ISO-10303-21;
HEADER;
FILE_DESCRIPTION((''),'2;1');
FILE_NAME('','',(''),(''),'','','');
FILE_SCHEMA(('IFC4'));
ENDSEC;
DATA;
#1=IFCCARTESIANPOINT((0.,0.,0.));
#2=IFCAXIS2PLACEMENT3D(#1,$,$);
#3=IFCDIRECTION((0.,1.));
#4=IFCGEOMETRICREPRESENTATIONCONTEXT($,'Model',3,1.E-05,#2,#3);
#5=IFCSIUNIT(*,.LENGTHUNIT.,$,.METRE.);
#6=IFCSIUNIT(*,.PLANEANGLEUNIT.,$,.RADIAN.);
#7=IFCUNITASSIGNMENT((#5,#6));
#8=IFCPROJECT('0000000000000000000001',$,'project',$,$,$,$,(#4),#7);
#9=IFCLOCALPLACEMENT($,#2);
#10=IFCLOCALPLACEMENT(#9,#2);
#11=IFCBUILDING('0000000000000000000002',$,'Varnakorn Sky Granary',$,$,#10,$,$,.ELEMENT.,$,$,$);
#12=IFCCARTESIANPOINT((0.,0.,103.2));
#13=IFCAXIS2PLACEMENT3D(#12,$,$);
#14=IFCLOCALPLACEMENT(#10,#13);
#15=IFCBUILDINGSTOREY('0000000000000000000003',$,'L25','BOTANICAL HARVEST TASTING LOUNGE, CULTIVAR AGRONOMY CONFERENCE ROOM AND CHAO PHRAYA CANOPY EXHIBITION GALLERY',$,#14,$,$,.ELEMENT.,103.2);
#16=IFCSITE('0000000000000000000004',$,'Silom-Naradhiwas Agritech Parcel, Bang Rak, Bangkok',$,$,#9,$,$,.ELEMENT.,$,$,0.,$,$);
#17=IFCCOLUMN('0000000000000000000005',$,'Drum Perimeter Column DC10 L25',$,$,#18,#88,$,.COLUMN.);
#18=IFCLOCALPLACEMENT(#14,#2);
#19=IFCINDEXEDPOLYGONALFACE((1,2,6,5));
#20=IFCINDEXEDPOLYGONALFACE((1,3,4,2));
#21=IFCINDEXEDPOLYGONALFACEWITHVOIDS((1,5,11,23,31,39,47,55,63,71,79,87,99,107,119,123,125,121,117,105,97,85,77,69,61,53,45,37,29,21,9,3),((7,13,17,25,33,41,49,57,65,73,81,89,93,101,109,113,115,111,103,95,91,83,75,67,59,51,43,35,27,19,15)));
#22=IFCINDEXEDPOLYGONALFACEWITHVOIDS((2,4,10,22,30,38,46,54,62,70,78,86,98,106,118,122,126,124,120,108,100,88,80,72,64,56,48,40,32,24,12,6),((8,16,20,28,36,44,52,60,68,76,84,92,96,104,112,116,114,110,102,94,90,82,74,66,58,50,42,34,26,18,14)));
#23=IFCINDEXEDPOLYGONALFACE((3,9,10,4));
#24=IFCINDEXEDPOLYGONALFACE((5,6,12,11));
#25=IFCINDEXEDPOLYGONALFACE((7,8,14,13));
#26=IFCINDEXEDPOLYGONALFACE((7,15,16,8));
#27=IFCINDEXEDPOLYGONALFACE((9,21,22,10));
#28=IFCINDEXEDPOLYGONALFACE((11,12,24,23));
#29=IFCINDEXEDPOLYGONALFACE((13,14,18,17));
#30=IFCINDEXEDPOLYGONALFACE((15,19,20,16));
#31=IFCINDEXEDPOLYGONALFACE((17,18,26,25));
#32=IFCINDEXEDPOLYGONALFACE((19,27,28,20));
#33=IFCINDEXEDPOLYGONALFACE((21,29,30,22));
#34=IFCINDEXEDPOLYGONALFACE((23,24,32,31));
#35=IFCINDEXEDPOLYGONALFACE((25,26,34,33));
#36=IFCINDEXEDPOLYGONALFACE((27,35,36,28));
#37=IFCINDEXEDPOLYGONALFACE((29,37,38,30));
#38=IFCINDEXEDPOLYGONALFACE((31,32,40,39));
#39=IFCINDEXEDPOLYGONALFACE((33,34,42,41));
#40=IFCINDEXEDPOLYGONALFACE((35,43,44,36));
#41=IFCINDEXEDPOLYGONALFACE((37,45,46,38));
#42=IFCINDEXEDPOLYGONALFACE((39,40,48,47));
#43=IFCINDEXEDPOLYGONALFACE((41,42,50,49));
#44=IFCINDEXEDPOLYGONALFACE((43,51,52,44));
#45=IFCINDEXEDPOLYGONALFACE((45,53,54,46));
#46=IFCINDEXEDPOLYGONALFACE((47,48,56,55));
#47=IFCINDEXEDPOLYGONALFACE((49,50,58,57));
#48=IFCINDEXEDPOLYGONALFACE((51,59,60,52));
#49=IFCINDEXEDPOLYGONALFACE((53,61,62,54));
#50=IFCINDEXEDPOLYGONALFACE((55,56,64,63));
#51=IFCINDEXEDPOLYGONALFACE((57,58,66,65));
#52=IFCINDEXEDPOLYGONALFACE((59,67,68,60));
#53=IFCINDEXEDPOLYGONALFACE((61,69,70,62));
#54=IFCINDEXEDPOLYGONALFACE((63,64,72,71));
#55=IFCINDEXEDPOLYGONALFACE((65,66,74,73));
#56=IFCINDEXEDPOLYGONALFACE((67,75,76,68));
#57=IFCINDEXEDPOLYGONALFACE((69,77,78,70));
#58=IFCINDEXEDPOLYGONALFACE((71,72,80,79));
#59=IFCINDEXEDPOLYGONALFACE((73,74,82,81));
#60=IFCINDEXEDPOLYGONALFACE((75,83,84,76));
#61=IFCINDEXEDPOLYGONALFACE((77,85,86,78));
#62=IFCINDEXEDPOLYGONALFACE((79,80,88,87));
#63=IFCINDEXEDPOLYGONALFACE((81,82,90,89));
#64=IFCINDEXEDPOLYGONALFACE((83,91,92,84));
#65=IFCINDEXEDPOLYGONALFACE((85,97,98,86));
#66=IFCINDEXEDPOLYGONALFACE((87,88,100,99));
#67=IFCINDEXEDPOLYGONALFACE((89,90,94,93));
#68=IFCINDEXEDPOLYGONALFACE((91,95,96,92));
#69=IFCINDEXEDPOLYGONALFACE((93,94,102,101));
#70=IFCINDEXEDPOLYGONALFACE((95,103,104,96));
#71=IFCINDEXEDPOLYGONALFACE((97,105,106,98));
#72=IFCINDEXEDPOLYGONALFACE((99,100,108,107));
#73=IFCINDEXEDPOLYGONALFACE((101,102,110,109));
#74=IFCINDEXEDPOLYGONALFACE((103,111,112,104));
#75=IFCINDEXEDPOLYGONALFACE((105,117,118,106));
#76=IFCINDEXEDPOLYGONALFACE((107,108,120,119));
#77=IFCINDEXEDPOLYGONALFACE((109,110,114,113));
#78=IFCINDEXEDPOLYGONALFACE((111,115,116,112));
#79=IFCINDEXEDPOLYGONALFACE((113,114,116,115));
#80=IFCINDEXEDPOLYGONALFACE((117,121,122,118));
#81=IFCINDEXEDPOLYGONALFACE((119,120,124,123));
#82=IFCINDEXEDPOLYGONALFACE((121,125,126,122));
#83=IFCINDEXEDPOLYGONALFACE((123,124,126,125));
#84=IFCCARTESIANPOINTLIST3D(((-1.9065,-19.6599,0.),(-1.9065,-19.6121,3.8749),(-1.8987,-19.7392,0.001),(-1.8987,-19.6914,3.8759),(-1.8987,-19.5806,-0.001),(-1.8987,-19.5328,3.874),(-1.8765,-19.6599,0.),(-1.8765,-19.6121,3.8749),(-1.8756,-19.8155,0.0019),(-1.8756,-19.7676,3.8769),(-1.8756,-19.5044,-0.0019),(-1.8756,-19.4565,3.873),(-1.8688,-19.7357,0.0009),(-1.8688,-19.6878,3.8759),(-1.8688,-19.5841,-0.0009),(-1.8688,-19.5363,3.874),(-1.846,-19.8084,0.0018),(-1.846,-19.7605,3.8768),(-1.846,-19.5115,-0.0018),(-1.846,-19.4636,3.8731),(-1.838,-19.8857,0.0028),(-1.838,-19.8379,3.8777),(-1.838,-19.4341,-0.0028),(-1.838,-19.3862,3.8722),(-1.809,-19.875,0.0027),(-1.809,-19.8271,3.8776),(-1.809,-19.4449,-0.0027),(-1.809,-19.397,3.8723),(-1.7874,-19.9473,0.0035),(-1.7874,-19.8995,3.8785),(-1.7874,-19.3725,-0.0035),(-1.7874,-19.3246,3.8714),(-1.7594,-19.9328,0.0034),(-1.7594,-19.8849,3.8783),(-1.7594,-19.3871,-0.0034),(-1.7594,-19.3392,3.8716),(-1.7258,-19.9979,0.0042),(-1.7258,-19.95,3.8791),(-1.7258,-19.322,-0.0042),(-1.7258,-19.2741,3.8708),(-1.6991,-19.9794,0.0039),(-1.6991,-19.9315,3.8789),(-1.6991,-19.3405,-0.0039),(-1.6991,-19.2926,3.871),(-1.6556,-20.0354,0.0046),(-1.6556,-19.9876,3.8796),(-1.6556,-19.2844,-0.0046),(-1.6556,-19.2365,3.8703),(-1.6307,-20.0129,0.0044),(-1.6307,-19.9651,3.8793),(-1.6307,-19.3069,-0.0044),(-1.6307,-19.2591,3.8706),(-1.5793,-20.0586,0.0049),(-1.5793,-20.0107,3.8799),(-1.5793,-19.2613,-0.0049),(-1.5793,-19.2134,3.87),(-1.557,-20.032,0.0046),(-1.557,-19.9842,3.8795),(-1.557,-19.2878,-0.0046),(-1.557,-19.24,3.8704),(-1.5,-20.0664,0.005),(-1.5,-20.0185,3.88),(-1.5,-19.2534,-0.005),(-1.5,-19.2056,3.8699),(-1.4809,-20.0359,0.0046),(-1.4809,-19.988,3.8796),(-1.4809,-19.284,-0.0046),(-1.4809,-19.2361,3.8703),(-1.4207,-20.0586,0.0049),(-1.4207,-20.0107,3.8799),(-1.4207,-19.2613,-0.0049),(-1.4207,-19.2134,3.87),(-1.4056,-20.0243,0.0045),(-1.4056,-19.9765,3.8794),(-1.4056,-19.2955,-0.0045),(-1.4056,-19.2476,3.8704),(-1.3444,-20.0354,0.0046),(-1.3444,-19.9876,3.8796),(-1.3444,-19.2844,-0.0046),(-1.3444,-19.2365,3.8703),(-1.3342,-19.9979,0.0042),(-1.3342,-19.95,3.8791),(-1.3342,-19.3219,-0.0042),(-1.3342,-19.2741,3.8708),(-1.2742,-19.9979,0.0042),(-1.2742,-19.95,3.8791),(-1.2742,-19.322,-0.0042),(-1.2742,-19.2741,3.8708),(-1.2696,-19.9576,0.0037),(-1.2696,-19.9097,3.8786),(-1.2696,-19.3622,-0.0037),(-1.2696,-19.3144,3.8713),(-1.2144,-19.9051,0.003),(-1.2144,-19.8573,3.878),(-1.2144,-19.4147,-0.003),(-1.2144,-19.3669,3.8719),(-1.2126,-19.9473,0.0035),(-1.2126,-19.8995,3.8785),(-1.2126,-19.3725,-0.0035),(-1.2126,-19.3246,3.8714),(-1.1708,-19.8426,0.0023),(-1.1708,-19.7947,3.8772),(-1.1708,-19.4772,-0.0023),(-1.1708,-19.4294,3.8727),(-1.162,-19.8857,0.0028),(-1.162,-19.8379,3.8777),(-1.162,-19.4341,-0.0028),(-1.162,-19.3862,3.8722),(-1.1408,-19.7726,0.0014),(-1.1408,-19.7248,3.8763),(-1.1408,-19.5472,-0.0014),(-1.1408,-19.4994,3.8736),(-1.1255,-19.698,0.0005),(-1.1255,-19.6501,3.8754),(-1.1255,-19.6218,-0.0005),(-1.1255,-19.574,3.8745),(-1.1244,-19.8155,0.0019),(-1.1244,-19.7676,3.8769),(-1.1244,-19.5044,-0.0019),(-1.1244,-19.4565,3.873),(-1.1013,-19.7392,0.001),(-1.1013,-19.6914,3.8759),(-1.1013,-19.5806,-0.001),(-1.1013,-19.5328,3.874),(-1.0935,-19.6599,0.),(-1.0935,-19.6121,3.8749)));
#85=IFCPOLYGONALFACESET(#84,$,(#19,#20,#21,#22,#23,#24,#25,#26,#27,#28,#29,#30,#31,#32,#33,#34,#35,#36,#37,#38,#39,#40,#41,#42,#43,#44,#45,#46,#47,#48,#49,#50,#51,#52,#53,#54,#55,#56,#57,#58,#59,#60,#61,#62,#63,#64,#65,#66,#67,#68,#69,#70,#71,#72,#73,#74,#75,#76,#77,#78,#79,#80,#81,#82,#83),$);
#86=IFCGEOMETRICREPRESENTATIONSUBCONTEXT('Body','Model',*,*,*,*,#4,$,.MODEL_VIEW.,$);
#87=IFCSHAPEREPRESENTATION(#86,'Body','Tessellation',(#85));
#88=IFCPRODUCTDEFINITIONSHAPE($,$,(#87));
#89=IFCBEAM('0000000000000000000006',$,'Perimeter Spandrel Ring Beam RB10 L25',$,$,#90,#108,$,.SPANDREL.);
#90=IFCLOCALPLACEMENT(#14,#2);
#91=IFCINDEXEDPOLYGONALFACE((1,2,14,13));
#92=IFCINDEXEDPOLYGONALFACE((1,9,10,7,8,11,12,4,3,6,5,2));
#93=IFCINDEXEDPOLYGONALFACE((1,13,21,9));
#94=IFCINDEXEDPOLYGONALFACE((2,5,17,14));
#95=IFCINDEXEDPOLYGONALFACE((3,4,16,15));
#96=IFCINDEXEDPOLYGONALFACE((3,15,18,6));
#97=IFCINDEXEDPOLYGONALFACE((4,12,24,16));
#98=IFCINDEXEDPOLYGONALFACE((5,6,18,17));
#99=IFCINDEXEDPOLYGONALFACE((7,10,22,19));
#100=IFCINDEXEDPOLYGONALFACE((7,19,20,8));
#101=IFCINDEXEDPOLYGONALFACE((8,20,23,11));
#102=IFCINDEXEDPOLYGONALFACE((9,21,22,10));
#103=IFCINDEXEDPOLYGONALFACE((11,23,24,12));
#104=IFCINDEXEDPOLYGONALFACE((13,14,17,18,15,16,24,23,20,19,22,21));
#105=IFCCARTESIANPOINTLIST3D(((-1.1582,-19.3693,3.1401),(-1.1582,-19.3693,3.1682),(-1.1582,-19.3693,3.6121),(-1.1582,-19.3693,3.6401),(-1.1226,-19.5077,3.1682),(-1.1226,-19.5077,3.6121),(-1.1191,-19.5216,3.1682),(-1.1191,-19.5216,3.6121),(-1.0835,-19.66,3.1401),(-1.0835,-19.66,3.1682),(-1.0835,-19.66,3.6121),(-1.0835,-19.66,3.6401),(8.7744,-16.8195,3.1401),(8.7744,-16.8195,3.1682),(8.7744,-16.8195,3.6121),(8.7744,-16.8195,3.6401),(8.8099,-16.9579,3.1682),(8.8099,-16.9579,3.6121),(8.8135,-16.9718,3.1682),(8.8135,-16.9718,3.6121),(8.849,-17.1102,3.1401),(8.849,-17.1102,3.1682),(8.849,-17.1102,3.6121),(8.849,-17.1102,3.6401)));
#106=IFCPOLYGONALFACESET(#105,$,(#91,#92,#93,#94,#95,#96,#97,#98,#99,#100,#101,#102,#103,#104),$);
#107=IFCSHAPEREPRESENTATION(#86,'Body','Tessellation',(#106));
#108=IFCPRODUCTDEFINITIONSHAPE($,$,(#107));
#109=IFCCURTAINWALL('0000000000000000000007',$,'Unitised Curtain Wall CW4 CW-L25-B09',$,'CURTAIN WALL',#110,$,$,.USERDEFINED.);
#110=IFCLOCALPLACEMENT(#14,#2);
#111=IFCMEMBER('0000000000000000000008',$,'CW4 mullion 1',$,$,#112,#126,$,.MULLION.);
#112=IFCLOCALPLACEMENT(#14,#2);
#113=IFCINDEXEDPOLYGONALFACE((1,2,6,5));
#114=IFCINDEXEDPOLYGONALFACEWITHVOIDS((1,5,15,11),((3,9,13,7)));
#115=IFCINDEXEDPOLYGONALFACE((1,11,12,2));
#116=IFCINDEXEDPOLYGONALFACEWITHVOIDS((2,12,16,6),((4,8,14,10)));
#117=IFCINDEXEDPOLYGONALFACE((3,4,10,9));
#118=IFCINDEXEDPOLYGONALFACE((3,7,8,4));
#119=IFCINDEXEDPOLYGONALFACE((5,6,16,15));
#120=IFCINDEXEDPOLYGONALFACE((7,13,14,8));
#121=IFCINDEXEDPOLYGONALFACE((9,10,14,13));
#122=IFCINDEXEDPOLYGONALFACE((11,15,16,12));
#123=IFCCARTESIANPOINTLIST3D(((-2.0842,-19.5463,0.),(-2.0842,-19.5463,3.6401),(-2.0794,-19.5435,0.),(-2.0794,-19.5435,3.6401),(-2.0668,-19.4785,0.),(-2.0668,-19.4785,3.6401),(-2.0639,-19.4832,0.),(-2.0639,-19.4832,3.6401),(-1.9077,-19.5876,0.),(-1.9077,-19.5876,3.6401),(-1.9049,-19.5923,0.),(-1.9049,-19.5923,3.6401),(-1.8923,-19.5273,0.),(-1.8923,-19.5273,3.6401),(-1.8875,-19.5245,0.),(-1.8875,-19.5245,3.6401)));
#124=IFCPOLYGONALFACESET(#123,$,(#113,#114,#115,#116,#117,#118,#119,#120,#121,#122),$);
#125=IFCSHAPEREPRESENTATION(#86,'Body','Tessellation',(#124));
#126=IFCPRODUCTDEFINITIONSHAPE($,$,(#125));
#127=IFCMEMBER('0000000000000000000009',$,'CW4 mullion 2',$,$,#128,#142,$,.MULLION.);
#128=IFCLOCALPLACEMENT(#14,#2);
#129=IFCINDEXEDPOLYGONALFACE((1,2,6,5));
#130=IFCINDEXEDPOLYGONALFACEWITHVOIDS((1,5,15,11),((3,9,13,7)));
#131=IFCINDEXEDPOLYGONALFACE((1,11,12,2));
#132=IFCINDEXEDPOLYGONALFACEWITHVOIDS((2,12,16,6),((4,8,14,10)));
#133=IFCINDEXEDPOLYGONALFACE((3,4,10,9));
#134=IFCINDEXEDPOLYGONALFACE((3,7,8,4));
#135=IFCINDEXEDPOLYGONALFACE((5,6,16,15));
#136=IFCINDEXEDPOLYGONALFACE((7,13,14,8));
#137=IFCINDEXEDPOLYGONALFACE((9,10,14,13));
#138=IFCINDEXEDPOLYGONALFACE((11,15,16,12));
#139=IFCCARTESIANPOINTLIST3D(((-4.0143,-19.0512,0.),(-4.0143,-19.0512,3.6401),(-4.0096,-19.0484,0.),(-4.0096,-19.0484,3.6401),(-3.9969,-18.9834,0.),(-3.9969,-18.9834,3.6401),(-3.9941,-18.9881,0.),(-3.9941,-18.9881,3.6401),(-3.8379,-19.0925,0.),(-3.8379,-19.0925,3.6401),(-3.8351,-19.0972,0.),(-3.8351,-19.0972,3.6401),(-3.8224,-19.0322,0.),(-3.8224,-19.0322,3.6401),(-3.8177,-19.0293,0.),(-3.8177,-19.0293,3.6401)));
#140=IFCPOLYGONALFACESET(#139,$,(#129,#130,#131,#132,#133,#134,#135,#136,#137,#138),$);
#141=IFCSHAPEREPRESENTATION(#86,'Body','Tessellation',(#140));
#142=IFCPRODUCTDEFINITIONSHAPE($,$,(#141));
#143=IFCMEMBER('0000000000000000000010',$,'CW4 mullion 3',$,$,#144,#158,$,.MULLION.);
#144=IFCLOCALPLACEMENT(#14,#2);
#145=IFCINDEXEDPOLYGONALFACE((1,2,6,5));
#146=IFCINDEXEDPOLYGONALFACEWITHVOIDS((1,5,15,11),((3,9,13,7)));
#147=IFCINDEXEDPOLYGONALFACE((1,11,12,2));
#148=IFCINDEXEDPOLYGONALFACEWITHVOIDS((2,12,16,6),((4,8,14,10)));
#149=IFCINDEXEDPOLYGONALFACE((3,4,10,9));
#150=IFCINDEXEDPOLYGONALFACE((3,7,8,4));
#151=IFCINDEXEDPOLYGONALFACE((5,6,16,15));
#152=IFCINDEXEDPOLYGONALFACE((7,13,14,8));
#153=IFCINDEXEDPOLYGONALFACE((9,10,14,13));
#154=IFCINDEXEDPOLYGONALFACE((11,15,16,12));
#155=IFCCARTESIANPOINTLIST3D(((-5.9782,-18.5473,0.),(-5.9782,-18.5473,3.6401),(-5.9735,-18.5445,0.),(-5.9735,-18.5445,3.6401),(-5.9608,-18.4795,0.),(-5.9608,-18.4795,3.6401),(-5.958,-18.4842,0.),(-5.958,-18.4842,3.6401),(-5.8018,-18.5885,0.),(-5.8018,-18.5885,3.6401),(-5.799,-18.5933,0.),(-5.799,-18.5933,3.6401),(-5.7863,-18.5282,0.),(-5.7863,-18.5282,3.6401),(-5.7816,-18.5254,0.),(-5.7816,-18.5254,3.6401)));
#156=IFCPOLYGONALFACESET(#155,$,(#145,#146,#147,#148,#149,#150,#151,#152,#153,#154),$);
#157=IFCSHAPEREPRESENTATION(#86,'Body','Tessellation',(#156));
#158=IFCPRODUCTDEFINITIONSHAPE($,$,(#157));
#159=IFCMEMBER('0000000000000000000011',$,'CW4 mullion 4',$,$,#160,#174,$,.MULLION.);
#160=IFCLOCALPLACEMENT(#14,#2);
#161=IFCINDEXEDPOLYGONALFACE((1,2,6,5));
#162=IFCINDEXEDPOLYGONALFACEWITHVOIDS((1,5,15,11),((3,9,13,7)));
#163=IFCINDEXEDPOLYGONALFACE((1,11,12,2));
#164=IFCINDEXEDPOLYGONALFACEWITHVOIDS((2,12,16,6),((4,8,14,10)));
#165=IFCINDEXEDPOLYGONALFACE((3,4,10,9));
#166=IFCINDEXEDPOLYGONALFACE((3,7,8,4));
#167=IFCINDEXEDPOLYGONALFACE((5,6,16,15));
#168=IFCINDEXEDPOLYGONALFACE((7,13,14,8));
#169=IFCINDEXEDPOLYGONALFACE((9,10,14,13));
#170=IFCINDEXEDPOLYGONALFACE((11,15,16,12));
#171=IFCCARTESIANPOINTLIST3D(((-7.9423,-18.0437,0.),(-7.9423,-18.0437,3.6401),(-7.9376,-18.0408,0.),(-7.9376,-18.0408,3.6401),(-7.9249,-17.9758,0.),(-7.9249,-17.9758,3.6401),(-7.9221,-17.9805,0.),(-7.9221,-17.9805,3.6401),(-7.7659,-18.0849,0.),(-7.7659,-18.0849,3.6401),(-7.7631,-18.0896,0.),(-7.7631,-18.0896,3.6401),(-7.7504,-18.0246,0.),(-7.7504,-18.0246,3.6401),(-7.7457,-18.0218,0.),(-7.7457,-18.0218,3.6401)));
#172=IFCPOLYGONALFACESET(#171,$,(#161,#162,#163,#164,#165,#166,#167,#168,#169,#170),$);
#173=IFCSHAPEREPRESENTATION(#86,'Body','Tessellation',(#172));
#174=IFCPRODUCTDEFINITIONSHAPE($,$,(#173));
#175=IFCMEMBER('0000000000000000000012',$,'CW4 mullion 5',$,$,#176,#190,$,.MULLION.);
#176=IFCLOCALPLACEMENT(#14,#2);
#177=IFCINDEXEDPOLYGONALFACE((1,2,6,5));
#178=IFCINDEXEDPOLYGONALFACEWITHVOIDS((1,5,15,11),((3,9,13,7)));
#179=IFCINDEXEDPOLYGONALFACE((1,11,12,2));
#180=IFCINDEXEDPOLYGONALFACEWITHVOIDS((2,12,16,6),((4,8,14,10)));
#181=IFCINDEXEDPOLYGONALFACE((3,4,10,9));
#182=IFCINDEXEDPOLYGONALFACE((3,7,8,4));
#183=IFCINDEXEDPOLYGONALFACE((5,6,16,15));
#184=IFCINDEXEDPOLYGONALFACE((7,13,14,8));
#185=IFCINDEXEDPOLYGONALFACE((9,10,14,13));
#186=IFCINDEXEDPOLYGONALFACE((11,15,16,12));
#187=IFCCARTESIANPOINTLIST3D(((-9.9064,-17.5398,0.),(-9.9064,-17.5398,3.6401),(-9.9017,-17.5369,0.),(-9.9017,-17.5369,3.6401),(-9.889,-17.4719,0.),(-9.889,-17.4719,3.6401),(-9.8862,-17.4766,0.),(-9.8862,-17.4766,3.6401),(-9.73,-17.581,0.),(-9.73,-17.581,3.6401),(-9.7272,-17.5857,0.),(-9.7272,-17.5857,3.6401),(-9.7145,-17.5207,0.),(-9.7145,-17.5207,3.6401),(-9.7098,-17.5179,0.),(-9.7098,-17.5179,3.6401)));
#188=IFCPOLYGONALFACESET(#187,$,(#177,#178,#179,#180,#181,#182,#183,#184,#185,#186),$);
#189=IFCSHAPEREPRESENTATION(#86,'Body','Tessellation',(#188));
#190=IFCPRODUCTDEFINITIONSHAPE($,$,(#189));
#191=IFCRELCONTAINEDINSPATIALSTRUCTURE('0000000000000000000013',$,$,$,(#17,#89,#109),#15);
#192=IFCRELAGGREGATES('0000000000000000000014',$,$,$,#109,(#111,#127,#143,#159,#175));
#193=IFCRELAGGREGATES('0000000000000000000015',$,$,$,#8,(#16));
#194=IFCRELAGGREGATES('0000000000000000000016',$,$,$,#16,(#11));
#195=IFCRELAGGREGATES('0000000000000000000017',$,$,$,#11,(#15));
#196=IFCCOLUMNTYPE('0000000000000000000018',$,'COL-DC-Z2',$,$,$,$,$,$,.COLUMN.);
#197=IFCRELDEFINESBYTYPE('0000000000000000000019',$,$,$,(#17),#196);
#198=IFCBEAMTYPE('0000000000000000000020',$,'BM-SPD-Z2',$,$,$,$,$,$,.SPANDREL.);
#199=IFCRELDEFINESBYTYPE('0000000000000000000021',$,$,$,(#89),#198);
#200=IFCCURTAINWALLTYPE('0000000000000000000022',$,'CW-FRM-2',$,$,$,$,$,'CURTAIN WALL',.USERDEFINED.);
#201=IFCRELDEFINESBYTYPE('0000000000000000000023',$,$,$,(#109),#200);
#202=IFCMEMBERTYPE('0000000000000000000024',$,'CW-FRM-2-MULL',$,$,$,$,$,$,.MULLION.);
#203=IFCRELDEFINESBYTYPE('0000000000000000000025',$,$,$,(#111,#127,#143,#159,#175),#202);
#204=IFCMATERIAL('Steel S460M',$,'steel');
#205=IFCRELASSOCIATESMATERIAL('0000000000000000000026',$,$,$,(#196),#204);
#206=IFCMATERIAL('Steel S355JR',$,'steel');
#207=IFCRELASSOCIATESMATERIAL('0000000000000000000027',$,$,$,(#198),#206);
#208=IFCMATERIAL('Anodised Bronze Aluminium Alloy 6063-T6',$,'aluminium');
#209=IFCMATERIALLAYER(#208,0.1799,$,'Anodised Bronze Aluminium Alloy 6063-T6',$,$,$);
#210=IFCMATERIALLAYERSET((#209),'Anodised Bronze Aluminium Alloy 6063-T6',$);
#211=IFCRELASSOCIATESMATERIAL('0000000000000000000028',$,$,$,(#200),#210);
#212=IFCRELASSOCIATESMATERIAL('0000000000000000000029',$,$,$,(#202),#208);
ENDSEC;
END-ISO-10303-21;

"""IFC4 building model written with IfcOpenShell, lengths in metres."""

from ifc_helpers import new_model, si_unit, direction, frame, origin, origin_2d, place, context, subcontext, project, spatial, hollow_rectangle, hollow_circle, i_section, extrude, material, layer, layer_set, material_profile, profile_set, type_object, element, aggregate, save


model = new_model("IFC4")

# Units and contexts
model_context = context("Model", 3, precision=1e-05, world=origin(), true_north=direction((0.0, 1.0)))
body_context = subcontext(model_context, "Body", "Model", "MODEL_VIEW")
ifc_project = project(units=[si_unit("LENGTHUNIT", "METRE"), si_unit("PLANEANGLEUNIT", "RADIAN")], contexts=[model_context])

# Site, building, storey
site_placement = place(None, origin())
site = spatial("IfcSite", under=ifc_project, at=site_placement, Name="Silom-Naradhiwas Agritech Parcel, Bang Rak, Bangkok", CompositionType="ELEMENT", RefElevation=0.0)
building_placement = place(site_placement, origin())
building = spatial("IfcBuilding", under=site, at=building_placement, Name="Varnakorn Sky Granary", CompositionType="ELEMENT")
storey_placement = place(building_placement, frame((0.0, 0.0, 103.2)))
storey = spatial("IfcBuildingStorey", under=building, at=storey_placement, Name="L25", Description="BOTANICAL HARVEST TASTING LOUNGE, CULTIVAR AGRONOMY CONFERENCE ROOM AND CHAO PHRAYA CANOPY EXHIBITION GALLERY", CompositionType="ELEMENT", Elevation=103.2)

# Column
ifc_material_1 = material(Name="Steel S460M", Category="steel")
ifc_material_profile_1 = material_profile(ifc_material_1, hollow_circle(Radius=0.4065, WallThickness=0.03, at=origin_2d()), Name="CHS 813x30")
ifc_profile_set_1 = profile_set([ifc_material_profile_1], Name="Steel S460M")
column_type = type_object("IfcColumnType", Name="COL-DC-Z2", PredefinedType="COLUMN", material=ifc_profile_set_1)
column_placement = place(storey_placement, frame((-1.5, -19.6599, 0.0), z_axis=(0.0, 0.012348, 0.999924), x_axis=(-1.0, 0.0, 0.0)))
element("IfcColumn", 1, at=column_placement, inside=storey, type_object=column_type, Name="Drum Perimeter Column DC10 L25", PredefinedType="COLUMN", context=body_context, shape_type="SweptSolid", body=[
    extrude(hollow_circle(Radius=0.4065, WallThickness=0.03, at=origin_2d()), origin(), (0.0, 0.0, 1.0), 3.8752),
])

# Beam
ifc_material_2 = material(Name="Steel S355JR", Category="steel")
ifc_material_profile_2 = material_profile(ifc_material_2, i_section(OverallWidth=0.3, OverallDepth=0.5, WebThickness=0.0144, FlangeThickness=0.0281, at=origin_2d()), Name="HE 500 B")
ifc_profile_set_2 = profile_set([ifc_material_profile_2], Name="Steel S355JR")
beam_type = type_object("IfcBeamType", Name="BM-SPD-Z2", PredefinedType="SPANDREL", material=ifc_profile_set_2)
beam_placement = place(storey_placement, frame((-1.1208, -19.5146, 3.3901), z_axis=(0.968594, 0.248648, 0.0), x_axis=(-0.248648, 0.968594, 0.0)))
element("IfcBeam", 2, at=beam_placement, inside=storey, type_object=beam_type, Name="Perimeter Spandrel Ring Beam RB10 L25", PredefinedType="SPANDREL", context=body_context, shape_type="SweptSolid", body=[
    extrude(i_section(OverallWidth=0.3, OverallDepth=0.5, WebThickness=0.0144, FlangeThickness=0.0281, at=origin_2d()), origin(), (0.0, 0.0, 1.0), 10.2546),
])

# Curtain wall, members
ifc_material_3 = material(Name="Anodised Bronze Aluminium Alloy 6063-T6", Category="aluminium")
ifc_layer_1 = layer(ifc_material_3, 0.1799, Name="Anodised Bronze Aluminium Alloy 6063-T6")
ifc_layer_set_1 = layer_set([ifc_layer_1], Name="Anodised Bronze Aluminium Alloy 6063-T6")
curtain_wall_type = type_object("IfcCurtainWallType", Name="CW-FRM-2", ElementType="CURTAIN WALL", PredefinedType="USERDEFINED", material=ifc_layer_set_1)
curtain_wall_1_placement = place(storey_placement, origin())
curtain_wall_1 = element("IfcCurtainWall", 3, at=curtain_wall_1_placement, inside=storey, type_object=curtain_wall_type, Name="Unitised Curtain Wall CW4 CW-L25-B09", ObjectType="CURTAIN WALL", PredefinedType="USERDEFINED")
ifc_material_profile_3 = material_profile(ifc_material_3, hollow_rectangle(XDim=0.0701, YDim=0.1851, WallThickness=0.0039, at=origin_2d()), Name="ALU MULL 70x185")
ifc_profile_set_3 = profile_set([ifc_material_profile_3], Name="Anodised Bronze Aluminium Alloy 6063-T6")
member_type_1 = type_object("IfcMemberType", Name="CW-FRM-2-MULL", PredefinedType="MULLION", material=ifc_profile_set_3)
member_1_placement = place(storey_placement, frame((-1.9858, -19.5354, 0.0), z_axis=(0.0, 0.0, 1.0), x_axis=(-0.248477, -0.968638, 0.0)))
member_1 = element("IfcMember", 4, at=member_1_placement, type_object=member_type_1, Name="CW4 mullion 1", PredefinedType="MULLION", context=body_context, shape_type="SweptSolid", body=[
    extrude(hollow_rectangle(XDim=0.0701, YDim=0.1851, WallThickness=0.0039, at=origin_2d()), origin(), (0.0, 0.0, 1.0), 3.6401),
])
member_2_placement = place(storey_placement, frame((-3.916, -19.0403, 0.0), z_axis=(0.0, 0.0, 1.0), x_axis=(-0.248477, -0.968638, 0.0)))
member_2 = element("IfcMember", 5, at=member_2_placement, type_object=member_type_1, Name="CW4 mullion 2", PredefinedType="MULLION", context=body_context, shape_type="SweptSolid", body=[
    extrude(hollow_rectangle(XDim=0.0701, YDim=0.1851, WallThickness=0.0039, at=origin_2d()), origin(), (0.0, 0.0, 1.0), 3.6401),
])
member_3_placement = place(storey_placement, frame((-5.8799, -18.5364, 0.0), z_axis=(0.0, 0.0, 1.0), x_axis=(-0.248477, -0.968638, 0.0)))
member_3 = element("IfcMember", 6, at=member_3_placement, type_object=member_type_1, Name="CW4 mullion 3", PredefinedType="MULLION", context=body_context, shape_type="SweptSolid", body=[
    extrude(hollow_rectangle(XDim=0.0701, YDim=0.1851, WallThickness=0.0039, at=origin_2d()), origin(), (0.0, 0.0, 1.0), 3.6401),
])
member_4_placement = place(storey_placement, frame((-7.844, -18.0327, 0.0), z_axis=(0.0, 0.0, 1.0), x_axis=(-0.248477, -0.968638, 0.0)))
member_4 = element("IfcMember", 7, at=member_4_placement, type_object=member_type_1, Name="CW4 mullion 4", PredefinedType="MULLION", context=body_context, shape_type="SweptSolid", body=[
    extrude(hollow_rectangle(XDim=0.0701, YDim=0.1851, WallThickness=0.0039, at=origin_2d()), origin(), (0.0, 0.0, 1.0), 3.6401),
])
member_5_placement = place(storey_placement, frame((-9.8081, -17.5288, 0.0), z_axis=(0.0, 0.0, 1.0), x_axis=(-0.248477, -0.968638, 0.0)))
member_5 = element("IfcMember", 8, at=member_5_placement, type_object=member_type_1, Name="CW4 mullion 5", PredefinedType="MULLION", context=body_context, shape_type="SweptSolid", body=[
    extrude(hollow_rectangle(XDim=0.0701, YDim=0.1851, WallThickness=0.0039, at=origin_2d()), origin(), (0.0, 0.0, 1.0), 3.6401),
])

aggregate(curtain_wall_1, [member_1, member_2, member_3, member_4, member_5])

save(model, "model.ifc")
